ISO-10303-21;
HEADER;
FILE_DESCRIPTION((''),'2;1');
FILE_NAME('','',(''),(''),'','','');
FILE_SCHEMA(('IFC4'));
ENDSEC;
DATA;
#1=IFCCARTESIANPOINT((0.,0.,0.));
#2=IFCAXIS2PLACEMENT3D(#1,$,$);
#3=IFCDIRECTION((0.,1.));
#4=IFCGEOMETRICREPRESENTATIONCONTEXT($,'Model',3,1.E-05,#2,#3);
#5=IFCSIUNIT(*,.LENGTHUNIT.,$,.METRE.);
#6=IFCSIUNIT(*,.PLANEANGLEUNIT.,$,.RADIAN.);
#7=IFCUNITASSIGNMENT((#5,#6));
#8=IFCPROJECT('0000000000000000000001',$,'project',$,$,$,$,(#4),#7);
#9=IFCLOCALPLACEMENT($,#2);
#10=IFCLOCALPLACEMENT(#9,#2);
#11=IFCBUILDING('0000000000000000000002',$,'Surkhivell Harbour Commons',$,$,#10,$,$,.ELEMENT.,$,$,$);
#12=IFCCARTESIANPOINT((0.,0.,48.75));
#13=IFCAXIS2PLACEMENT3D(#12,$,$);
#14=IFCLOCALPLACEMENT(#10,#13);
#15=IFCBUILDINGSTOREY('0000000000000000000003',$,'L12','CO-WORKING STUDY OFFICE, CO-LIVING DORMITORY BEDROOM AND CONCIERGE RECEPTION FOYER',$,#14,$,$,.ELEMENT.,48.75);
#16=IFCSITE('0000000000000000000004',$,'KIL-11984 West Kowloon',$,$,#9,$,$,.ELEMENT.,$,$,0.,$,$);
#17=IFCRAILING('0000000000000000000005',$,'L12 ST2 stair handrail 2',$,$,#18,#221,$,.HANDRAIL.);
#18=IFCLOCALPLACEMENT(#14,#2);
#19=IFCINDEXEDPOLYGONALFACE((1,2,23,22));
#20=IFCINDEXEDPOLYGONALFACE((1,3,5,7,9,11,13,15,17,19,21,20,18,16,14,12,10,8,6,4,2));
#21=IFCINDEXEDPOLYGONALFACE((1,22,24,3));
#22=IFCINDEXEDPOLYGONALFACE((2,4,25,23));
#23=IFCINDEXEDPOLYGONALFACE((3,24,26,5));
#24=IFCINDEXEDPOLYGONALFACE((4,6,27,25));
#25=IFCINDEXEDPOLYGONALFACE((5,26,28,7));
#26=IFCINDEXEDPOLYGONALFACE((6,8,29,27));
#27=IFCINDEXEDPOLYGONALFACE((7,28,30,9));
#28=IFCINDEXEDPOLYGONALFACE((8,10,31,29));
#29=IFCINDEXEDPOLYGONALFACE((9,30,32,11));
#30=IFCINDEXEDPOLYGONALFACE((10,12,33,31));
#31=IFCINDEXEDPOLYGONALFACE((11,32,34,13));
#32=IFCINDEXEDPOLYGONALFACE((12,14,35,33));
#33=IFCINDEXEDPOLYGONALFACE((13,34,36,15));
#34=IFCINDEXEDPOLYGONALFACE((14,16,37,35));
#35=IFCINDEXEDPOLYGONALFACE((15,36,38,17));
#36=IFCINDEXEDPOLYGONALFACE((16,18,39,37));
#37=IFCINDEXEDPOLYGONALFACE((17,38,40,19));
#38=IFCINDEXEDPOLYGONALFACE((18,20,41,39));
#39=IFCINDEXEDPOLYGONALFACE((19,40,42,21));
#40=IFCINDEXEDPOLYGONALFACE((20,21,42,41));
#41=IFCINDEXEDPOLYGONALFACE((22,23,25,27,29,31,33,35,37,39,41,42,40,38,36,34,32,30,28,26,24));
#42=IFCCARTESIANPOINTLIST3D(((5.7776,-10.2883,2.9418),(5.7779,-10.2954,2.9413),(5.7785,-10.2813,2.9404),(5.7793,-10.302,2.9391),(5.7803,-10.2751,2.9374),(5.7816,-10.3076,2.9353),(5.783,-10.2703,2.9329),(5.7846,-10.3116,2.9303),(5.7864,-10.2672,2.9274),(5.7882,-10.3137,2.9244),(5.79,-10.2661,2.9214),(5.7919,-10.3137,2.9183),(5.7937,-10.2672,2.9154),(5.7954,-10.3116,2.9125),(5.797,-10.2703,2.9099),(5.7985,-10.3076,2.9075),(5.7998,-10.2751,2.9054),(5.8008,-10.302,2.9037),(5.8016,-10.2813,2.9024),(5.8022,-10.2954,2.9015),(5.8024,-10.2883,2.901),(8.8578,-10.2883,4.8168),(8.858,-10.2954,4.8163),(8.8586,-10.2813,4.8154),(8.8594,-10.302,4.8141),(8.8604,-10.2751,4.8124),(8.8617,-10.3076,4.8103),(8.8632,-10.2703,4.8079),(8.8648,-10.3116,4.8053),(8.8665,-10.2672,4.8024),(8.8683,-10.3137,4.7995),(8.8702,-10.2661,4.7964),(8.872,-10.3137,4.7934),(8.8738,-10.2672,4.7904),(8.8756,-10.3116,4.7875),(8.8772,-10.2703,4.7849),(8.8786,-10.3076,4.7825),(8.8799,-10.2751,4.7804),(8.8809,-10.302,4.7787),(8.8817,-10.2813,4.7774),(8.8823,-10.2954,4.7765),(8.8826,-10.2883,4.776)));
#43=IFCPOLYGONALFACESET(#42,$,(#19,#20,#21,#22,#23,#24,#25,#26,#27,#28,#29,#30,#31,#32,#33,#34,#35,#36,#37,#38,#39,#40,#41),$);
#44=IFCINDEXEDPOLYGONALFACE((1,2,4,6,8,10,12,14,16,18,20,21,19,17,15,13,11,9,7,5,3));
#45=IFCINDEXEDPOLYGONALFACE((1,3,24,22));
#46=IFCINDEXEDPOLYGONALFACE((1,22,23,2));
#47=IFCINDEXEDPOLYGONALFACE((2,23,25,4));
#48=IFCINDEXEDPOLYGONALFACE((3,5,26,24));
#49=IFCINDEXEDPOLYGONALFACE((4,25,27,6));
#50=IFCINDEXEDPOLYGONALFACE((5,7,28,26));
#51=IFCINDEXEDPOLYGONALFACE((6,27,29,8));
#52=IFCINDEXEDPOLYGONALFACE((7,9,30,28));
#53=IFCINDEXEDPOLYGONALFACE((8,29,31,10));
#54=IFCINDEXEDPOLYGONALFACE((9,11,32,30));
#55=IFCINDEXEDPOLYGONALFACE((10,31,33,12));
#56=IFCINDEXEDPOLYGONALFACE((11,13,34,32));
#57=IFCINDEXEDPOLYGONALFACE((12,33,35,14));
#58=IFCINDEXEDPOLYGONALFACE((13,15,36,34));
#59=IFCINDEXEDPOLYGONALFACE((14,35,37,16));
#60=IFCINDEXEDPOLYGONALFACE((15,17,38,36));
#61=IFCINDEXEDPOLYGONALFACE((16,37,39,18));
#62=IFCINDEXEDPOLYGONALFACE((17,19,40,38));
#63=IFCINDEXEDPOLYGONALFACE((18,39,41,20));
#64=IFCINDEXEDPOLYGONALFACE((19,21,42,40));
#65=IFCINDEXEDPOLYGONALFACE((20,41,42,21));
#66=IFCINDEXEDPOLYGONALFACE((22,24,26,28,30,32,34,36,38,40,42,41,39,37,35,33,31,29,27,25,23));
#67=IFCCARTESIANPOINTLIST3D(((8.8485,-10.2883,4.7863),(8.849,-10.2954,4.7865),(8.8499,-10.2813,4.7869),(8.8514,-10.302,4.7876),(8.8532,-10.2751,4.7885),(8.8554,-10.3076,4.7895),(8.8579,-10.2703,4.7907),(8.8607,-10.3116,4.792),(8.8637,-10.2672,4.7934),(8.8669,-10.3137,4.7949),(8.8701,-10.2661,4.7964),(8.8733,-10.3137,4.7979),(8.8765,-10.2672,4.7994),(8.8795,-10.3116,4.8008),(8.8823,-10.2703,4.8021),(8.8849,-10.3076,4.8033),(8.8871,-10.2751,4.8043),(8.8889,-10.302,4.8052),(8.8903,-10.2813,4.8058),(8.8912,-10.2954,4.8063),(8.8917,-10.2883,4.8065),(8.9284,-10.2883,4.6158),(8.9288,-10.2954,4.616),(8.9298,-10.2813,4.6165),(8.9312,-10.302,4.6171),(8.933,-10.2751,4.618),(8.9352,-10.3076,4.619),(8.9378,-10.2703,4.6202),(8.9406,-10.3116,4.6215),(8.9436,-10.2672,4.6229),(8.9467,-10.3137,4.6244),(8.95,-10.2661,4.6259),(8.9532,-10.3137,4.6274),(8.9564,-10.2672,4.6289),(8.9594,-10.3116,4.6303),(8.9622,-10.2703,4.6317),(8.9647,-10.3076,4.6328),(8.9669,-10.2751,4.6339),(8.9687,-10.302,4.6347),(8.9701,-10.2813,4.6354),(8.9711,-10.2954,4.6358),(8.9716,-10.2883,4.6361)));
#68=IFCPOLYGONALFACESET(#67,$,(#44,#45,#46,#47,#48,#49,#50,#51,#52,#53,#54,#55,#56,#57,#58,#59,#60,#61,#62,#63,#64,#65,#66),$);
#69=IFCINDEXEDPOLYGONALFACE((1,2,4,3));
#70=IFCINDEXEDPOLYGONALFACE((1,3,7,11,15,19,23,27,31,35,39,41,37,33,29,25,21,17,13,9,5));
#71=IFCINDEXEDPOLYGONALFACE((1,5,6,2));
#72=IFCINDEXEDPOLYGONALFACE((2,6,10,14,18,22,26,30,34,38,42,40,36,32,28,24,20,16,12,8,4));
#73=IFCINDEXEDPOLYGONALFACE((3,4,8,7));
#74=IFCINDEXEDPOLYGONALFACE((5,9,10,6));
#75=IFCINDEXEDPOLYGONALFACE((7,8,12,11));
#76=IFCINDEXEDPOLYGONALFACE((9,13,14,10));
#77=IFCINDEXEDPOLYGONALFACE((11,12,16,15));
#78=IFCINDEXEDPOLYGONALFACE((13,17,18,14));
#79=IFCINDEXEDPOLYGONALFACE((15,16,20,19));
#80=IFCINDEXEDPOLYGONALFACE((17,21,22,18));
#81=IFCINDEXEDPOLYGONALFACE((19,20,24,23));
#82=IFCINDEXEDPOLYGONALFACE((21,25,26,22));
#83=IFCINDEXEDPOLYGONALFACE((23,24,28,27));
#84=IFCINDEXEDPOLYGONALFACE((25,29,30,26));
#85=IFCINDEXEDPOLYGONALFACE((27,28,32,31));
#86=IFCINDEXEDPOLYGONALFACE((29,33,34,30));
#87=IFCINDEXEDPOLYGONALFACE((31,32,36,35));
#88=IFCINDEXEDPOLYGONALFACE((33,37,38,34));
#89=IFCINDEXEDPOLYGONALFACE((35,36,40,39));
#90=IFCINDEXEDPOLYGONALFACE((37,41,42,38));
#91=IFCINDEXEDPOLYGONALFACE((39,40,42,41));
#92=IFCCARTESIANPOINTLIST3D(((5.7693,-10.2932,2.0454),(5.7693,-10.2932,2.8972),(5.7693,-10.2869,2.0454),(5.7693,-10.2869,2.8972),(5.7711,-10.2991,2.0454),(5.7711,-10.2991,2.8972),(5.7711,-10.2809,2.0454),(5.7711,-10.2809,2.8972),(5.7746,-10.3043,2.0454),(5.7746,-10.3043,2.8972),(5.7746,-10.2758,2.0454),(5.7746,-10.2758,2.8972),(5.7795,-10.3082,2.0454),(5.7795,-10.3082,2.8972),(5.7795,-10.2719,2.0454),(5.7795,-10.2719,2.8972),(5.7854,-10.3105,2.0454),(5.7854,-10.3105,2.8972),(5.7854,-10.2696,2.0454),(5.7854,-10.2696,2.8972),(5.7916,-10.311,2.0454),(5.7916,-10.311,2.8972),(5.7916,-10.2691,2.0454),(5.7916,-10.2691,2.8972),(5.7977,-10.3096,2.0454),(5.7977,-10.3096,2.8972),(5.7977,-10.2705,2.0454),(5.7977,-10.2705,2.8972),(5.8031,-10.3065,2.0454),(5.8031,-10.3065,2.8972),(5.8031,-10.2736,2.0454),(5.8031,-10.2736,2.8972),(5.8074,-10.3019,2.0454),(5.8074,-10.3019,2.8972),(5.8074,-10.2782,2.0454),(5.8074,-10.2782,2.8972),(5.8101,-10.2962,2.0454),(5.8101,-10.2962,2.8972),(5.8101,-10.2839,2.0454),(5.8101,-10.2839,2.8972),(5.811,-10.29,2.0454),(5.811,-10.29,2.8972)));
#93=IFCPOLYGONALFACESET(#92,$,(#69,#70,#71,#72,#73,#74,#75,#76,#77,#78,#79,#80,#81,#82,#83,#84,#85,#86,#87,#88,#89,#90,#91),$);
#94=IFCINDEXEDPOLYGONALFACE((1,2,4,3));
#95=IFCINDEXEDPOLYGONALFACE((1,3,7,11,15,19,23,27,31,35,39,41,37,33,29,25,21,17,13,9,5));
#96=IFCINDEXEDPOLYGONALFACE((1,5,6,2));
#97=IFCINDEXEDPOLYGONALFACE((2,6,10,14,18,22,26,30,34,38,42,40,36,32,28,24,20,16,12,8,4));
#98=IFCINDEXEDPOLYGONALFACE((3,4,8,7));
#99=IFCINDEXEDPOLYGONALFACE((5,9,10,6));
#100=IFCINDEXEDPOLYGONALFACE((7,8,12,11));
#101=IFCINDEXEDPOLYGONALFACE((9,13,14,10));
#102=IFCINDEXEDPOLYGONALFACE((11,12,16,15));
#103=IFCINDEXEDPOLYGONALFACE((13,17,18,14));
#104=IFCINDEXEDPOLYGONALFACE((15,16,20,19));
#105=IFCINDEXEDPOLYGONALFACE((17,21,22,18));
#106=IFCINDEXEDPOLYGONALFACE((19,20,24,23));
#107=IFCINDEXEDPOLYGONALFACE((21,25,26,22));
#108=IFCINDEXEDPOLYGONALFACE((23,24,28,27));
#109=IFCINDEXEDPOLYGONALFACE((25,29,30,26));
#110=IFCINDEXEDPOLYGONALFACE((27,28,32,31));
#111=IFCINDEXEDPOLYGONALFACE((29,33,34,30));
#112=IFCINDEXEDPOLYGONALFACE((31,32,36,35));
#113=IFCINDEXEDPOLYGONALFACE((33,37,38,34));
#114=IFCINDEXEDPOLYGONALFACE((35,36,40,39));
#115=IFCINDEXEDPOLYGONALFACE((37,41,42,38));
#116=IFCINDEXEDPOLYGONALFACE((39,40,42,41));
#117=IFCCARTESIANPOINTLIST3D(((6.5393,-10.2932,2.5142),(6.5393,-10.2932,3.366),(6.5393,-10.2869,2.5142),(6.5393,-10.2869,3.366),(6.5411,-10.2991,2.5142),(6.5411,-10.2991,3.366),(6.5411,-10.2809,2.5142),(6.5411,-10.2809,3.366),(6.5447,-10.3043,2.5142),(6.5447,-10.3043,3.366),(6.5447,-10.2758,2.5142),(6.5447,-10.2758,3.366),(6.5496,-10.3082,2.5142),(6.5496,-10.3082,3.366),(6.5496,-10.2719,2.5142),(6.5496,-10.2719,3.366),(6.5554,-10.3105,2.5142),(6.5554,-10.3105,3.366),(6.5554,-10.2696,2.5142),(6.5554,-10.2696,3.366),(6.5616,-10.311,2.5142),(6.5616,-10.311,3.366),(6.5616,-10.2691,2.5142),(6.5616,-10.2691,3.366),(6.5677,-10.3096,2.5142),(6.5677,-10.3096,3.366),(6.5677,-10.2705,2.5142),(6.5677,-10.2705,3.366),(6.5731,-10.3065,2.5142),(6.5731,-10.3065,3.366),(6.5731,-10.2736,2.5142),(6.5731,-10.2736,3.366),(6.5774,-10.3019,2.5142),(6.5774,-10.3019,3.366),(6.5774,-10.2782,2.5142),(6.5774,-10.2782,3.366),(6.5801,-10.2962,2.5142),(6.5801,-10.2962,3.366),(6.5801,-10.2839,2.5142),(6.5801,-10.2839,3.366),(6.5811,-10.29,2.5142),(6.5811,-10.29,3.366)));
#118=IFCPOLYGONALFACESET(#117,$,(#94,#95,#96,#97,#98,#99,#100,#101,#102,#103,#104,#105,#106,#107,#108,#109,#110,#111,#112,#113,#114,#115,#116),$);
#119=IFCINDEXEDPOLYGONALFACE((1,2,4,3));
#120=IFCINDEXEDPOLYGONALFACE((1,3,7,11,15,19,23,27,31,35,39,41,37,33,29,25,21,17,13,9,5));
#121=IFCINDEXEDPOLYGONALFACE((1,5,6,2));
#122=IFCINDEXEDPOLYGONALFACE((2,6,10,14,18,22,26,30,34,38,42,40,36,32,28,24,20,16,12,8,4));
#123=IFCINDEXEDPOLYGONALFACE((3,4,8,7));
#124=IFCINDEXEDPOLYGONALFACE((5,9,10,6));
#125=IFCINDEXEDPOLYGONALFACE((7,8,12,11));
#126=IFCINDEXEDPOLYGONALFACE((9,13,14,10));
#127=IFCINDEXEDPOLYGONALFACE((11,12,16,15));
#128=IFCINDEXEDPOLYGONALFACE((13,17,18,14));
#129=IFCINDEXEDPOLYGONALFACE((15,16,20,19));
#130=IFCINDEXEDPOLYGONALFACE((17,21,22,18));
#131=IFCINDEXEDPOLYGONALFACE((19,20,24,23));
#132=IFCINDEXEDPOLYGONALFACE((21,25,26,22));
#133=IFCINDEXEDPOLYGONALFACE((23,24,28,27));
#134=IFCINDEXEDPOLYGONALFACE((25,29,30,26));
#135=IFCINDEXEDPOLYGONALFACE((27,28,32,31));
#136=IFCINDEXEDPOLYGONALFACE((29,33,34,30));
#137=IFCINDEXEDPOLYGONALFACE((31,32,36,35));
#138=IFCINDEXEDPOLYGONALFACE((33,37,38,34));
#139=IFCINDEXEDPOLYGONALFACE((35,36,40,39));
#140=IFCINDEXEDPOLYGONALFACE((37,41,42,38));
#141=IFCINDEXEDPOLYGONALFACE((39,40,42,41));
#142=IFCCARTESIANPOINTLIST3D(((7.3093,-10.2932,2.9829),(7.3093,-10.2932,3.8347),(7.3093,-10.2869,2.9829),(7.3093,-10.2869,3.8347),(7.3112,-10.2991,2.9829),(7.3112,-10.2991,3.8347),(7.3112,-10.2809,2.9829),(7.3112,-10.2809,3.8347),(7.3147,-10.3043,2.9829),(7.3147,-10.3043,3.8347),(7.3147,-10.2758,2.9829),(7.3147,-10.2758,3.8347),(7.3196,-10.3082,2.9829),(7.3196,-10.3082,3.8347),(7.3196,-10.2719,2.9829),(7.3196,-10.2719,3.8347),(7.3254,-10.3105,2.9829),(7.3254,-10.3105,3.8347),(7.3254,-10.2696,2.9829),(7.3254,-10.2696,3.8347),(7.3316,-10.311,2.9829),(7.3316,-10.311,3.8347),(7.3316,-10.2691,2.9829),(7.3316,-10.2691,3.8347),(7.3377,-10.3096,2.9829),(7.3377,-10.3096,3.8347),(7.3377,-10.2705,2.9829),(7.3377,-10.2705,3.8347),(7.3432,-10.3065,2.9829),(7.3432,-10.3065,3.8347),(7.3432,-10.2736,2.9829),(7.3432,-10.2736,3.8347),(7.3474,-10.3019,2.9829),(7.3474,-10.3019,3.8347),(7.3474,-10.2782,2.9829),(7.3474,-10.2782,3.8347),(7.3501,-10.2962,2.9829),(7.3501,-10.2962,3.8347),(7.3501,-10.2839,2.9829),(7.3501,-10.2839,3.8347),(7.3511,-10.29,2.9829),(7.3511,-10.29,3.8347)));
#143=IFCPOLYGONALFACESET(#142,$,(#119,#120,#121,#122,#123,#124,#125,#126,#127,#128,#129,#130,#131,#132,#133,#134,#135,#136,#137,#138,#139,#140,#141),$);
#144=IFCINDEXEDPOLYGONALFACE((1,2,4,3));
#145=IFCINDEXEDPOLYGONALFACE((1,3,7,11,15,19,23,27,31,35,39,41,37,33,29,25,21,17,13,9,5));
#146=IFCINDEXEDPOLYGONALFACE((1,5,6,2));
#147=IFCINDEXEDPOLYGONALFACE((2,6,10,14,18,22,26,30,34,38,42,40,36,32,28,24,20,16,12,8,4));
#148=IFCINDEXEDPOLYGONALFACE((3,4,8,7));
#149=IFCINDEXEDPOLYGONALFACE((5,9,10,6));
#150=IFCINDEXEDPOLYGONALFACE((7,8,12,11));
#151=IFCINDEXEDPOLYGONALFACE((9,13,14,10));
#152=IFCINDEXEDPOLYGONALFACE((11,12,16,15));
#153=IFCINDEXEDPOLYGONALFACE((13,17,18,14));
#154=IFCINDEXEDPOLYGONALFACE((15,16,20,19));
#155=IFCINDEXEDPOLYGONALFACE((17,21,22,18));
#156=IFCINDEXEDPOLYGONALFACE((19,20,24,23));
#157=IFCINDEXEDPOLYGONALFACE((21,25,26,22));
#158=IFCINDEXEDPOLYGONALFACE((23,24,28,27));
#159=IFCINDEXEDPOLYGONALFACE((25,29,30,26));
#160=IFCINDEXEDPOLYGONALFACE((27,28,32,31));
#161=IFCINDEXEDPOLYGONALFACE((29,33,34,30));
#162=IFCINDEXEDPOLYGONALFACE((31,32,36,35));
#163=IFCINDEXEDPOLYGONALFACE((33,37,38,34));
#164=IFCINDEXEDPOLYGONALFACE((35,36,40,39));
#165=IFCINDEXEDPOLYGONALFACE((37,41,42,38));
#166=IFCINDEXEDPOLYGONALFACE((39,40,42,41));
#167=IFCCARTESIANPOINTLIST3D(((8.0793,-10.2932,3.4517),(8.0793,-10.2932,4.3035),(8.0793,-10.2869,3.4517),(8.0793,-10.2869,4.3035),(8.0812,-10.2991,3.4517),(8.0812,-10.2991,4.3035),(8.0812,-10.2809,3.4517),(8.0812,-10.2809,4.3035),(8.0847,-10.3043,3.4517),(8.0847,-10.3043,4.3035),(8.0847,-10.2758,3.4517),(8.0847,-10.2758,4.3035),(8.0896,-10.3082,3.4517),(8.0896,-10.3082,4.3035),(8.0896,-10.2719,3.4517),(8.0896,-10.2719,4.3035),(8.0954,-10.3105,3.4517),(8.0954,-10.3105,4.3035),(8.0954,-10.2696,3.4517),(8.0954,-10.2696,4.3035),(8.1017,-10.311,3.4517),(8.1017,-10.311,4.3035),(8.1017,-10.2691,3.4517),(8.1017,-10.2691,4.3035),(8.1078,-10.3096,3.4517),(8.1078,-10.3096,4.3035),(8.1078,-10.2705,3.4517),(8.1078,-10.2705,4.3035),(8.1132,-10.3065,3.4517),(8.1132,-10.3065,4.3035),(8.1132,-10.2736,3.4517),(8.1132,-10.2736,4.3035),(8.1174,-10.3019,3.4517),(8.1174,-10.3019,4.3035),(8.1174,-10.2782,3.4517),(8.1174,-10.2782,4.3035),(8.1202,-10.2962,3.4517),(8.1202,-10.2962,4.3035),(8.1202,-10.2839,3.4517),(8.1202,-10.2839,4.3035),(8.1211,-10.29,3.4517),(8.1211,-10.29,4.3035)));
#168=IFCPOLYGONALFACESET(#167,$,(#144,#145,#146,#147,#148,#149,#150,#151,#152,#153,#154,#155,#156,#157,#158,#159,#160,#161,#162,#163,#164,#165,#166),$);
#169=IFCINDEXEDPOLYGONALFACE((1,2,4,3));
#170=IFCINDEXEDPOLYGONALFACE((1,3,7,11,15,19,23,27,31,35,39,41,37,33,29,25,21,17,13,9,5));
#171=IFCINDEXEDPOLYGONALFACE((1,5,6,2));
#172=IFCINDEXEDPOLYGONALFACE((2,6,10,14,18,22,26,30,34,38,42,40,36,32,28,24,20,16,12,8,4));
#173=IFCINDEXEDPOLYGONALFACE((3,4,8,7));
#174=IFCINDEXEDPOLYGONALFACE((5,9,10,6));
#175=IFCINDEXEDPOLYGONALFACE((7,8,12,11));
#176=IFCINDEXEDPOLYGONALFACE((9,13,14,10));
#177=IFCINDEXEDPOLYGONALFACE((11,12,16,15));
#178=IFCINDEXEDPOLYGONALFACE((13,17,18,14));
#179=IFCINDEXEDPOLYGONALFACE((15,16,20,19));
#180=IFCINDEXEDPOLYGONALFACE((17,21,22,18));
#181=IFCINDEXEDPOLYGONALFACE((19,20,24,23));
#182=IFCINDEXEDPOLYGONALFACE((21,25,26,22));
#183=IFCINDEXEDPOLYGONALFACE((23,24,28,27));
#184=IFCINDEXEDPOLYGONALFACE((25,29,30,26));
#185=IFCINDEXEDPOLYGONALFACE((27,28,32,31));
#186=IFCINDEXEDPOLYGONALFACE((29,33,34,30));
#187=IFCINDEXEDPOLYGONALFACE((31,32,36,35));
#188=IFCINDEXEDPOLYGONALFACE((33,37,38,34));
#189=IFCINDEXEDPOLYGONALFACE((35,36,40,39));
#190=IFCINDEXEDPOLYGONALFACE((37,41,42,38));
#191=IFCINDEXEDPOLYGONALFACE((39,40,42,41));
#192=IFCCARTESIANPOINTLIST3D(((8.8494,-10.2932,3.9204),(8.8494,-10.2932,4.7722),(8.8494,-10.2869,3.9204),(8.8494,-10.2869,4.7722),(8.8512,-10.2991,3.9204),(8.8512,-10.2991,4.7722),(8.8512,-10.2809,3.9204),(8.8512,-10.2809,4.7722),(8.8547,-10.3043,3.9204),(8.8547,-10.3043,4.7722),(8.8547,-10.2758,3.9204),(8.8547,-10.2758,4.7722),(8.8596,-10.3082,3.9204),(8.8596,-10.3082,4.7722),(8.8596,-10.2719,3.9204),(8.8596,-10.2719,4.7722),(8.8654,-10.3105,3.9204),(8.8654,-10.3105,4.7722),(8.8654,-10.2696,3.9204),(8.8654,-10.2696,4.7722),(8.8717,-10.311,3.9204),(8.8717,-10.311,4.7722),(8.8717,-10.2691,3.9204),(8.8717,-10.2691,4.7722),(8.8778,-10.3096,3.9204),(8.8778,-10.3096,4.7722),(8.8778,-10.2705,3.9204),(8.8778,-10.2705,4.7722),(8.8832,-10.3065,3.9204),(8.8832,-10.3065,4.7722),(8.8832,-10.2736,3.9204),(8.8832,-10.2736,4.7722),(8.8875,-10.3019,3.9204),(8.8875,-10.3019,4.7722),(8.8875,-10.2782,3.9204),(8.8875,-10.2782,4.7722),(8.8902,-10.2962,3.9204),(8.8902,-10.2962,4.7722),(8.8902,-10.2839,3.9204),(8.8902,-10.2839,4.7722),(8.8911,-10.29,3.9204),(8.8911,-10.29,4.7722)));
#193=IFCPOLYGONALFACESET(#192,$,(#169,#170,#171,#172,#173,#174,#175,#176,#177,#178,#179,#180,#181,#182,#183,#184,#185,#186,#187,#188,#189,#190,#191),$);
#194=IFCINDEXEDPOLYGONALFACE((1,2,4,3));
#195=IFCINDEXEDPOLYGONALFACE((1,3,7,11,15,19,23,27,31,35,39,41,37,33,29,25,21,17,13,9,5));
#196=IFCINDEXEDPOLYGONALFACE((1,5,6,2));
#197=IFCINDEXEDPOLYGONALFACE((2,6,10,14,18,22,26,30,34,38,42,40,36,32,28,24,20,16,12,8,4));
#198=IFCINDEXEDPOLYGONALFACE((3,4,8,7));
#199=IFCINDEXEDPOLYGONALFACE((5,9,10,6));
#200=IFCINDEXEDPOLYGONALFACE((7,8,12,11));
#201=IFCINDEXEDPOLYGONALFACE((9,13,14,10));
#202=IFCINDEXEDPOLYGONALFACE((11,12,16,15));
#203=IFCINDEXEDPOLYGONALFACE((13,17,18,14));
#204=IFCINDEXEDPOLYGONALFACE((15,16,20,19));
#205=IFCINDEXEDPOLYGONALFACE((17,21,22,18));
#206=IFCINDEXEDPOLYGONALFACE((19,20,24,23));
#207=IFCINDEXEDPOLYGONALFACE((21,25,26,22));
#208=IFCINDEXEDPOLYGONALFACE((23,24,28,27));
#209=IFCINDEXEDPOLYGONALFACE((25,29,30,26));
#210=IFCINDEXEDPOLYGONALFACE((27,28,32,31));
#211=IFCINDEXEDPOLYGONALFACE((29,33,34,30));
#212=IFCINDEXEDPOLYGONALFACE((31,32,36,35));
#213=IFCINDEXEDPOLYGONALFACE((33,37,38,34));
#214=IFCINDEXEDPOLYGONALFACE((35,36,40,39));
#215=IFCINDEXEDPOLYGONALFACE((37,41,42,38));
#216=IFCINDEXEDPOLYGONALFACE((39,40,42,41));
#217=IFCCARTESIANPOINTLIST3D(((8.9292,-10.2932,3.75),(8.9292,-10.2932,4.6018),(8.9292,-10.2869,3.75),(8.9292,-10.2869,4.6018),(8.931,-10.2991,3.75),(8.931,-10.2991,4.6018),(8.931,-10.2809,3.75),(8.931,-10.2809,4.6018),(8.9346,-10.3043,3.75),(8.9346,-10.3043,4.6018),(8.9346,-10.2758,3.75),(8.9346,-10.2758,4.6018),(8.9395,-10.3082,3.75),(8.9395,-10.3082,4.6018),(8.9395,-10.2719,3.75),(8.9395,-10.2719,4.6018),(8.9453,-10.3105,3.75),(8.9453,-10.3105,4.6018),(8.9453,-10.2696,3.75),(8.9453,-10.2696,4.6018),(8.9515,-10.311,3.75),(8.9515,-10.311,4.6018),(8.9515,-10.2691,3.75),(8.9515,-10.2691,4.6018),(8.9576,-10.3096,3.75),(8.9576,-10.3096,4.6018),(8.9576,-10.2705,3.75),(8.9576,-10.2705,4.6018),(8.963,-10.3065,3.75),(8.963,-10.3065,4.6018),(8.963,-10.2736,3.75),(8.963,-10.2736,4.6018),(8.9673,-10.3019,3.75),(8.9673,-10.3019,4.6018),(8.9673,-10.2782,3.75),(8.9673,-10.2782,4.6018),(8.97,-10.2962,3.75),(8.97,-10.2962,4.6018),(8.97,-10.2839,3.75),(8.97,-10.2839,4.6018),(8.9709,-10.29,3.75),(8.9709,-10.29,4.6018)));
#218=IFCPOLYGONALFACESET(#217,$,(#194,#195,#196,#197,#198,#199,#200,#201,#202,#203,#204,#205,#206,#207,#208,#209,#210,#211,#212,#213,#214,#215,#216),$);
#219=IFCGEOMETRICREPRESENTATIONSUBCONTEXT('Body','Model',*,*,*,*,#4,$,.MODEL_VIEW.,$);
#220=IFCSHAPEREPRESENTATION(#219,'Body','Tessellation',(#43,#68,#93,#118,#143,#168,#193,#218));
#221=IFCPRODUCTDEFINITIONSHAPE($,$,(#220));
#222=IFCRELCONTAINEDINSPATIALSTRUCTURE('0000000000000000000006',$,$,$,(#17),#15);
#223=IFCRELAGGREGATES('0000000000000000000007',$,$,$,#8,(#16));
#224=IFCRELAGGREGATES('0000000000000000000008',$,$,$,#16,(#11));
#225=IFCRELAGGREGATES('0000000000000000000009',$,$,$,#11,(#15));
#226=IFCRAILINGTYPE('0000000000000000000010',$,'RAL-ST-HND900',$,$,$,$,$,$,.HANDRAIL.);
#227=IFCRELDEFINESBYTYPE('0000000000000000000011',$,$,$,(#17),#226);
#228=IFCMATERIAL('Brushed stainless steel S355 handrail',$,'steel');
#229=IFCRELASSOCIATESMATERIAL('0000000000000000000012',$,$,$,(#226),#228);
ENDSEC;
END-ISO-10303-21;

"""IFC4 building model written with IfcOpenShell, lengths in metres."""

from ifc_helpers import new_model, si_unit, direction, frame, origin, origin_2d, place, context, subcontext, project, spatial, circle, extrude, material, type_object, element, save


model = new_model("IFC4")

# Units and contexts
model_context = context("Model", 3, precision=1e-05, world=origin(), true_north=direction((0.0, 1.0)))
body_context = subcontext(model_context, "Body", "Model", "MODEL_VIEW")
ifc_project = project(units=[si_unit("LENGTHUNIT", "METRE"), si_unit("PLANEANGLEUNIT", "RADIAN")], contexts=[model_context])

# Site, building, storey
site_placement = place(None, origin())
site = spatial("IfcSite", under=ifc_project, at=site_placement, Name="KIL-11984 West Kowloon", CompositionType="ELEMENT", RefElevation=0.0)
building_placement = place(site_placement, origin())
building = spatial("IfcBuilding", under=site, at=building_placement, Name="Surkhivell Harbour Commons", CompositionType="ELEMENT")
storey_placement = place(building_placement, frame((0.0, 0.0, 48.75)))
storey = spatial("IfcBuildingStorey", under=building, at=storey_placement, Name="L12", Description="CO-WORKING STUDY OFFICE, CO-LIVING DORMITORY BEDROOM AND CONCIERGE RECEPTION FOYER", CompositionType="ELEMENT", Elevation=48.75)

# Railing
ifc_material_1 = material(Name="Brushed stainless steel S355 handrail", Category="steel")
railing_type_1 = type_object("IfcRailingType", Name="RAL-ST-HND900", PredefinedType="HANDRAIL", material=ifc_material_1)
railing_1_placement = place(storey_placement, frame((5.79, -10.29, 2.0454)))
element("IfcRailing", 1, at=railing_1_placement, inside=storey, type_object=railing_type_1, Name="L12 ST2 stair handrail 2", PredefinedType="HANDRAIL", context=body_context, shape_type="SweptSolid", body=[
    extrude(circle(Radius=0.0239, at=origin_2d()), frame((0.0, 0.0, 0.876), z_axis=(0.854178, 0.0, 0.519981), x_axis=(0.0, 1.0, 0.0)), (0.0, 0.0, 1.0), 3.606),
    extrude(circle(Radius=0.0239, at=origin_2d()), frame((3.0801, 0.0, 2.751), z_axis=(0.424234, 0.0, -0.905552), x_axis=(0.0, 1.0, 0.0)), (0.0, 0.0, 1.0), 0.1882),
    extrude(circle(Radius=0.021, at=origin_2d()), origin(), (0.0, 0.0, 1.0), 0.8518),
    extrude(circle(Radius=0.021, at=origin_2d()), frame((0.77, 0.0, 0.4688)), (0.0, 0.0, 1.0), 0.8518),
    extrude(circle(Radius=0.021, at=origin_2d()), frame((1.54, 0.0, 0.9375)), (0.0, 0.0, 1.0), 0.8518),
    extrude(circle(Radius=0.021, at=origin_2d()), frame((2.3101, 0.0, 1.4062)), (0.0, 0.0, 1.0), 0.8518),
    extrude(circle(Radius=0.021, at=origin_2d()), frame((3.0801, 0.0, 1.875)), (0.0, 0.0, 1.0), 0.8518),
    extrude(circle(Radius=0.021, at=origin_2d()), frame((3.1599, 0.0, 1.7046)), (0.0, 0.0, 1.0), 0.8518),
])

save(model, "model.ifc")
